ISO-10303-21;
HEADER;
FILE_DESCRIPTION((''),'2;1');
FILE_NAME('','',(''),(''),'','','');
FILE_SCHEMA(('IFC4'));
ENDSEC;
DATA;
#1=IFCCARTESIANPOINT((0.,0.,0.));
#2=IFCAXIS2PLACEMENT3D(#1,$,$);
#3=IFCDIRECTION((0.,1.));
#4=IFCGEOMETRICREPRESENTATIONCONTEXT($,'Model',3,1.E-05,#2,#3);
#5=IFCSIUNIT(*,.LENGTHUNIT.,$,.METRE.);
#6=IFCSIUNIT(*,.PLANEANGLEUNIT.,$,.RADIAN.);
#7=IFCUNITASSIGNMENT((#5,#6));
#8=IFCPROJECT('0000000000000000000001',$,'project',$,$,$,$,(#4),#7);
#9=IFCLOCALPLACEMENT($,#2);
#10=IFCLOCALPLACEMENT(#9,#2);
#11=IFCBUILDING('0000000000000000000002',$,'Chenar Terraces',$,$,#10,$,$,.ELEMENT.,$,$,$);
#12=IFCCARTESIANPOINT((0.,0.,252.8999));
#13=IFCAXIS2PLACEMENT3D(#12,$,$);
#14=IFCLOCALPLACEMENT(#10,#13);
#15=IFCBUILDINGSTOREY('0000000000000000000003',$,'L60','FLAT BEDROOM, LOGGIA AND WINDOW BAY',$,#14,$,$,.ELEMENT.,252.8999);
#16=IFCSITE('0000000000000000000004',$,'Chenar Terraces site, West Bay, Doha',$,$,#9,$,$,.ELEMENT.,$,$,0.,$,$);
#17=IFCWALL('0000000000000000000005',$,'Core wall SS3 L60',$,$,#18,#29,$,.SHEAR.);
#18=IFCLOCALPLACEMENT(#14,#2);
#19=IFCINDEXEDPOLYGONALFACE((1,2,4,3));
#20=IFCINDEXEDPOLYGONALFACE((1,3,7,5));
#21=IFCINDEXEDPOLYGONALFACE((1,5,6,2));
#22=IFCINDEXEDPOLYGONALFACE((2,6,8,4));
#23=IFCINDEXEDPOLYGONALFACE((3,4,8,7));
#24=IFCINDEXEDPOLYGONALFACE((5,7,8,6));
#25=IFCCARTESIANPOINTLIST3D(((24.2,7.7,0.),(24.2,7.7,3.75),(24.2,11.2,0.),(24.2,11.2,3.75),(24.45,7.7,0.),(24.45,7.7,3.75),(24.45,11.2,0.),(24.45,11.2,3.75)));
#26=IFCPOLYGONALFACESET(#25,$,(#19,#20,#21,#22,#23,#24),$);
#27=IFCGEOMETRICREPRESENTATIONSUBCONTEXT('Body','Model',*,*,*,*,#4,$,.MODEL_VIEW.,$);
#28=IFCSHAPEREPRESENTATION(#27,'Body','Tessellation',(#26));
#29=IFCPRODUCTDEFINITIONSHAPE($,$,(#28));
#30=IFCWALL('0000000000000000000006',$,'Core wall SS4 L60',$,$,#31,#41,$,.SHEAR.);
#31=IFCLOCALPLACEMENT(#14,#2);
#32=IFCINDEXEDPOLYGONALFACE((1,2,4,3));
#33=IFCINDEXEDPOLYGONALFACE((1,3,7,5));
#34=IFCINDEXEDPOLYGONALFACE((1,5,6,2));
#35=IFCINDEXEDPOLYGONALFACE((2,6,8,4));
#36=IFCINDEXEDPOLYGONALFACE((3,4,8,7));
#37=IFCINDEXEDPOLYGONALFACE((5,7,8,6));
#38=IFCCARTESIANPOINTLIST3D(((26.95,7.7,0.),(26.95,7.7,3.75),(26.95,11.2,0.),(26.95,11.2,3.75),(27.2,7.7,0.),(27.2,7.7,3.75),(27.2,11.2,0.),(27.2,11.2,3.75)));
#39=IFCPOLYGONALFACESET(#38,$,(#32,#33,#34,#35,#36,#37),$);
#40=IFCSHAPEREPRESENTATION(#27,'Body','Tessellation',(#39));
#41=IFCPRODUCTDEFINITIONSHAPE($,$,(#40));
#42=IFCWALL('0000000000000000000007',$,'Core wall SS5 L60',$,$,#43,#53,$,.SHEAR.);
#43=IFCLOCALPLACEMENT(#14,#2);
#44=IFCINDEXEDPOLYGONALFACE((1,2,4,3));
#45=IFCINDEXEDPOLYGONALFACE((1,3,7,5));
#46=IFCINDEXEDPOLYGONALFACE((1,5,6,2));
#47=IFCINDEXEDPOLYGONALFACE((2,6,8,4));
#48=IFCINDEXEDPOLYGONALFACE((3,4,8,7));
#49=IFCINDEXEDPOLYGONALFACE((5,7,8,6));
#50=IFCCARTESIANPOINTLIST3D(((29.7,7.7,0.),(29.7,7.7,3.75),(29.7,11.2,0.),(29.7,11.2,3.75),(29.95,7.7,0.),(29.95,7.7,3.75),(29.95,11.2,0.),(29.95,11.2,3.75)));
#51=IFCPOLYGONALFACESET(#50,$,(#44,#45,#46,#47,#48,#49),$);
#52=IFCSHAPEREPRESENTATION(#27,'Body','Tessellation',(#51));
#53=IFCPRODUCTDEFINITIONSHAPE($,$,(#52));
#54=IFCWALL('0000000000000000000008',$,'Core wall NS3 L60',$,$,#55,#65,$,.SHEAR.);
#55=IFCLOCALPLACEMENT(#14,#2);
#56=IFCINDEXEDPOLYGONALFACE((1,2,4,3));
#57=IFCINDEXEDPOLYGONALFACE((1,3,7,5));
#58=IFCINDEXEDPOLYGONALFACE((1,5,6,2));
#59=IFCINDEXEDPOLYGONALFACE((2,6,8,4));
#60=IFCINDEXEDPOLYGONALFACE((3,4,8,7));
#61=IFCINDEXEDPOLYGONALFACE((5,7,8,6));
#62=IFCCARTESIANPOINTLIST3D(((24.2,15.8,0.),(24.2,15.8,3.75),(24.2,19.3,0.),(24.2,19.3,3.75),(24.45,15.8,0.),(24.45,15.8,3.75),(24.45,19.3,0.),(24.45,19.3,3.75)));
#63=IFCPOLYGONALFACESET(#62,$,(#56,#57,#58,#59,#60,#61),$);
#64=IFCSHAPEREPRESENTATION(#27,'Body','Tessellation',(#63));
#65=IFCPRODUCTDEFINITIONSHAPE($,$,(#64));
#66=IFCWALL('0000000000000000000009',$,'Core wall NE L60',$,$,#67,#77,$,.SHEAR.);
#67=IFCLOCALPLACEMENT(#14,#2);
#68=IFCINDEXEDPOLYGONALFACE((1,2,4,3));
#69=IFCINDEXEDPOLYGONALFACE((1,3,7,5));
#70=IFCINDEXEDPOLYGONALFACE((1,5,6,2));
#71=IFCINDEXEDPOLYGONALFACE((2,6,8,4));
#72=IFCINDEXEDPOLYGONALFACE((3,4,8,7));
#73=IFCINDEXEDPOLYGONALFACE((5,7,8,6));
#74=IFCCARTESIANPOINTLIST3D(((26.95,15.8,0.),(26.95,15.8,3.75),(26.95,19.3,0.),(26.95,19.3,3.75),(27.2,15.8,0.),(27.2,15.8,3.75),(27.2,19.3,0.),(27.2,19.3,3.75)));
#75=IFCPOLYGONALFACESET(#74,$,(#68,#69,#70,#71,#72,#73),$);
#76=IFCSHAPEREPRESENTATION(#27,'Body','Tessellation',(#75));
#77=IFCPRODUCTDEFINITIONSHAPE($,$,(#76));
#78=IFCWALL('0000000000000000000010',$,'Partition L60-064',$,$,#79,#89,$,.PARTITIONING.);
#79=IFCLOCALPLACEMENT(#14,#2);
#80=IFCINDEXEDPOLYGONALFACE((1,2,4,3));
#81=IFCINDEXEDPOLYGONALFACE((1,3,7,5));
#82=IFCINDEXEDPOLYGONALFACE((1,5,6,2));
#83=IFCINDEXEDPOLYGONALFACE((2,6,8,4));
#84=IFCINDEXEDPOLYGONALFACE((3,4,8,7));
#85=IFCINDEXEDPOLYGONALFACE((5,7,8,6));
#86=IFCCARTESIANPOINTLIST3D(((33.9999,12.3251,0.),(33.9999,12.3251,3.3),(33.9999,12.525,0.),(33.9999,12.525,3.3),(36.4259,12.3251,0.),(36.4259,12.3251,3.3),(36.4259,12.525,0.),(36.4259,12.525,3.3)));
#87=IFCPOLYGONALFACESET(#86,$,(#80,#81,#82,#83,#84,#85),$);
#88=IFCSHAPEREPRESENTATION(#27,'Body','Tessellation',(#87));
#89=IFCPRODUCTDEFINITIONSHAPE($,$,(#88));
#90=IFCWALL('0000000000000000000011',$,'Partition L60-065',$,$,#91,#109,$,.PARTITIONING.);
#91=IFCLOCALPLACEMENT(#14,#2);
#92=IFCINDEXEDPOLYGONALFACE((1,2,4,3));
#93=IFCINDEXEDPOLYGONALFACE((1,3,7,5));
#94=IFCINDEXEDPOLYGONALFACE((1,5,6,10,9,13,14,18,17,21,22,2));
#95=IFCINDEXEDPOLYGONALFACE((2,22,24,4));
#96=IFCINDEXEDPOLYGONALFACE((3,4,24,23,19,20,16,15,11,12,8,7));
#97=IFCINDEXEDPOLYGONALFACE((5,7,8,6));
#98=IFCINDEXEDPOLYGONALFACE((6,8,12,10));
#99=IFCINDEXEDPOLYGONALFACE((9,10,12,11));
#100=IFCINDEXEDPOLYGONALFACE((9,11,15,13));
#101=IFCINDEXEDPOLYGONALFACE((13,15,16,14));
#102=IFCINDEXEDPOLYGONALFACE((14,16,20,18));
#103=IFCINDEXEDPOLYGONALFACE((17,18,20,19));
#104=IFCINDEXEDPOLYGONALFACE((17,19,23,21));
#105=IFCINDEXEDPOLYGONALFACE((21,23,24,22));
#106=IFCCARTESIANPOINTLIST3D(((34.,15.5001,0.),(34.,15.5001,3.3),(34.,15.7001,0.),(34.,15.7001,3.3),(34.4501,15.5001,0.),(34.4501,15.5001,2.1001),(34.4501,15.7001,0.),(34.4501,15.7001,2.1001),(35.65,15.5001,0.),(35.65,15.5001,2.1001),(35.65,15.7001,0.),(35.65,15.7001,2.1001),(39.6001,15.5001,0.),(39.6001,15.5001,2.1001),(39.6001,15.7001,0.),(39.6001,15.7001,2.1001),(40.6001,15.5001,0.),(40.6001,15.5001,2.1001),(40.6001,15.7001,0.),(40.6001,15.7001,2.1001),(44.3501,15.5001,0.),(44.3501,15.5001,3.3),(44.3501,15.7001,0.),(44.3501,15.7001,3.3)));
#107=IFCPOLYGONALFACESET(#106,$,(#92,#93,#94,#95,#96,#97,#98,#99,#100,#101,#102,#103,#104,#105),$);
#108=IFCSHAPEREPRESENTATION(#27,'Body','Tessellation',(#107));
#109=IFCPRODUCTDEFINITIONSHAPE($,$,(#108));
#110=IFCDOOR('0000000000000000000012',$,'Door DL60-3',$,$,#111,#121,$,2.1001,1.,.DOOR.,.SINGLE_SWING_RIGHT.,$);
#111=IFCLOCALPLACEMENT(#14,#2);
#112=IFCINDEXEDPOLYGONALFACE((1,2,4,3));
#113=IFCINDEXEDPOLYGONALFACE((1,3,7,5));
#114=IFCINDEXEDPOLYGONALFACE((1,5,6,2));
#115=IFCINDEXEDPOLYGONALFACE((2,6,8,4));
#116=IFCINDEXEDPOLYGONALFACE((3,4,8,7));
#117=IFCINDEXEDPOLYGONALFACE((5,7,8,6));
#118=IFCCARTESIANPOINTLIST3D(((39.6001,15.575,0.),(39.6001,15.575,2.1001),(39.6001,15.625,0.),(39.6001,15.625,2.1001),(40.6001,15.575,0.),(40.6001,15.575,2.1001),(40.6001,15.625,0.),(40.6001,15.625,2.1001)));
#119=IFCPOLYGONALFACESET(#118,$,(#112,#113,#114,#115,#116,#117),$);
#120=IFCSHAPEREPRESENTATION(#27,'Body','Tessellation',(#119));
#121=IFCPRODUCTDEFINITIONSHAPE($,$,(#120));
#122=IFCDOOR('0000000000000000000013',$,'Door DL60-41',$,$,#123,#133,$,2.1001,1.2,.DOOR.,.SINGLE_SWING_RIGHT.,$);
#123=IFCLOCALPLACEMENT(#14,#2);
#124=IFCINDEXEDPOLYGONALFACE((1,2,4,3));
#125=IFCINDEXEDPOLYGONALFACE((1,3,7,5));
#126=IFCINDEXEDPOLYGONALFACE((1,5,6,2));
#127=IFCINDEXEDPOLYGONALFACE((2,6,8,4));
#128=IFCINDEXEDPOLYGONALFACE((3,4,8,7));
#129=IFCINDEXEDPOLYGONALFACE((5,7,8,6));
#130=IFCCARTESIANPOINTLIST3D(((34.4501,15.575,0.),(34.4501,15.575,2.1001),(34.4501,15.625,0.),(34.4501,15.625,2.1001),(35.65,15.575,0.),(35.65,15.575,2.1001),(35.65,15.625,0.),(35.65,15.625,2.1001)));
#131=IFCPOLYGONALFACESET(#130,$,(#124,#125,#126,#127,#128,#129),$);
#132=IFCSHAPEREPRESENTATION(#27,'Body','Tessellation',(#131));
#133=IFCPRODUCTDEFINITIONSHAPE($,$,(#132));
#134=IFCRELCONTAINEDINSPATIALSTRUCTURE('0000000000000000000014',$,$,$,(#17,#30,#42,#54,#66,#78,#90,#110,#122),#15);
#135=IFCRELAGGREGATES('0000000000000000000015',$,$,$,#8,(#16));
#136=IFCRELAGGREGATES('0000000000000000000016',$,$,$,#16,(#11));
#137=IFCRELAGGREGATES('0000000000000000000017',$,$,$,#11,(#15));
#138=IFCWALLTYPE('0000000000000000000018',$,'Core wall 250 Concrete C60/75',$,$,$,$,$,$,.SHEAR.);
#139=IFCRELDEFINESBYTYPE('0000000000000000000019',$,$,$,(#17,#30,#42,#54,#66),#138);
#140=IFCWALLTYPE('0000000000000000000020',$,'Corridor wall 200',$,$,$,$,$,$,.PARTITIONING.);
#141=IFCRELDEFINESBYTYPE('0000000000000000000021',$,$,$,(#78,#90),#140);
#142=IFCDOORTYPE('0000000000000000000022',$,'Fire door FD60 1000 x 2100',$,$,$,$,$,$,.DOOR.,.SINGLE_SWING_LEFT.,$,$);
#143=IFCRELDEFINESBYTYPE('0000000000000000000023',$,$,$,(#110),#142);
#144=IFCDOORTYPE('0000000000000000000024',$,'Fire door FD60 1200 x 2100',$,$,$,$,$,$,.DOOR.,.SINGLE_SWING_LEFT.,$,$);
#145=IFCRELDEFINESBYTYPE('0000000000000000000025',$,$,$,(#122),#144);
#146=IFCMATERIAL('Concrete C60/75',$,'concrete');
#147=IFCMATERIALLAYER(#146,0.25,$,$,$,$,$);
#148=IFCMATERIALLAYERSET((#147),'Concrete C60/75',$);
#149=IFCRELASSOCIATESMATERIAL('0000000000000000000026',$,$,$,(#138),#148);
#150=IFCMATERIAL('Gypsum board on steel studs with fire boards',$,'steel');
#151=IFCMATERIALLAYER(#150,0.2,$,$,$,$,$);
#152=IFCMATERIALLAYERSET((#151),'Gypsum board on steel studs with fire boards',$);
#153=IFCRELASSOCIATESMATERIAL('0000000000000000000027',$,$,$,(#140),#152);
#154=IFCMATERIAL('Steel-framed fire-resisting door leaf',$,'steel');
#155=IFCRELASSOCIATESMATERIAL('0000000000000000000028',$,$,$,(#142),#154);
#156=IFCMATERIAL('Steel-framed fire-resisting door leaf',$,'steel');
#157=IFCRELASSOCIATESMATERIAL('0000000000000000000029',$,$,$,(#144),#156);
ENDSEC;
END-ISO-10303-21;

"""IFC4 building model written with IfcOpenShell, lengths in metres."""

from ifc_helpers import new_model, si_unit, direction, frame, frame_2d, origin, place, context, subcontext, project, spatial, rectangle, extrude, material, layer, layer_set, type_object, element, fill, save


model = new_model("IFC4")

# Units and contexts
model_context = context("Model", 3, precision=1e-05, world=origin(), true_north=direction((0.0, 1.0)))
body_context = subcontext(model_context, "Body", "Model", "MODEL_VIEW")
ifc_project = project(units=[si_unit("LENGTHUNIT", "METRE"), si_unit("PLANEANGLEUNIT", "RADIAN")], contexts=[model_context])

# Site, building, storey
site_placement = place(None, origin())
site = spatial("IfcSite", under=ifc_project, at=site_placement, Name="Chenar Terraces site, West Bay, Doha", CompositionType="ELEMENT", RefElevation=0.0)
building_placement = place(site_placement, origin())
building = spatial("IfcBuilding", under=site, at=building_placement, Name="Chenar Terraces", CompositionType="ELEMENT")
storey_placement = place(building_placement, frame((0.0, 0.0, 252.8999)))
storey = spatial("IfcBuildingStorey", under=building, at=storey_placement, Name="L60", Description="FLAT BEDROOM, LOGGIA AND WINDOW BAY", CompositionType="ELEMENT", Elevation=252.8999)

# Walls
ifc_material_1 = material(Name="Concrete C60/75", Category="concrete")
ifc_layer_1 = layer(ifc_material_1, 0.25)
ifc_layer_set_1 = layer_set([ifc_layer_1], Name="Concrete C60/75")
wall_type_1 = type_object("IfcWallType", Name="Core wall 250 Concrete C60/75", PredefinedType="SHEAR", material=ifc_layer_set_1)
for number, where, z_axis, x_axis, name in (
    (1, (24.325, 7.7, 0.0), (0.0, 0.0, 1.0), (0.0, 1.0, 0.0), "Core wall SS3 L60"),
    (2, (27.075, 7.7, 0.0), (0.0, 0.0, 1.0), (0.0, 1.0, 0.0), "Core wall SS4 L60"),
    (3, (29.825, 7.7, 0.0), (0.0, 0.0, 1.0), (0.0, 1.0, 0.0), "Core wall SS5 L60"),
    (4, (24.325, 15.8, 0.0), (0.0, 0.0, 1.0), (0.0, 1.0, 0.0), "Core wall NS3 L60"),
    (5, (27.075, 15.8, 0.0), (0.0, 0.0, 1.0), (0.0, 1.0, 0.0), "Core wall NE L60"),
):
    element("IfcWall", number, at=place(storey_placement, frame(where, z_axis=z_axis, x_axis=x_axis)), inside=storey, type_object=wall_type_1, Name=name, PredefinedType="SHEAR", context=body_context, shape_type="SweptSolid", body=[
        extrude(rectangle(XDim=3.5, YDim=0.25, at=frame_2d((1.75, 0.0))), origin(), (0.0, 0.0, 1.0), 3.75),
    ])

# Wall
ifc_material_2 = material(Name="Gypsum board on steel studs with fire boards", Category="steel")
ifc_layer_2 = layer(ifc_material_2, 0.2)
ifc_layer_set_2 = layer_set([ifc_layer_2], Name="Gypsum board on steel studs with fire boards")
wall_type_2 = type_object("IfcWallType", Name="Corridor wall 200", PredefinedType="PARTITIONING", material=ifc_layer_set_2)
wall_1_placement = place(storey_placement, frame((34.0, 12.425, 0.0), z_axis=(0.0, 0.0, 1.0), x_axis=(1.0, 0.0, 0.0)))
element("IfcWall", 6, at=wall_1_placement, inside=storey, type_object=wall_type_2, Name="Partition L60-064", PredefinedType="PARTITIONING", context=body_context, shape_type="SweptSolid", body=[
    extrude(rectangle(XDim=2.426, YDim=0.2, at=frame_2d((1.2129, 0.0))), origin(), (0.0, 0.0, 1.0), 3.3),
])

# Wall, openings, doors
wall_2_placement = place(storey_placement, frame((34.0, 15.6001, 0.0), z_axis=(0.0, 0.0, 1.0), x_axis=(1.0, 0.0, 0.0)))
wall_2 = element("IfcWall", 7, at=wall_2_placement, inside=storey, type_object=wall_type_2, Name="Partition L60-065", PredefinedType="PARTITIONING", context=body_context, shape_type="SweptSolid", body=[
    extrude(rectangle(XDim=10.3501, YDim=0.2, at=frame_2d((5.175, 0.0))), origin(), (0.0, 0.0, 1.0), 3.3),
])
opening_1_placement = place(wall_2_placement, frame((5.6001, 0.0, 0.0)))
opening_1 = element("IfcOpeningElement", 8, at=opening_1_placement, cuts=wall_2, PredefinedType="OPENING", context=body_context, shape_type="SweptSolid", body=[
    extrude(rectangle(XDim=1.0, YDim=2.1001, at=frame_2d((0.5, 1.05))), frame((0.0, 0.1099, 0.0), z_axis=(0.0, -1.0, 0.0), x_axis=(1.0, 0.0, 0.0)), (0.0, 0.0, 1.0), 0.22),
])
opening_2_placement = place(wall_2_placement, frame((0.45, 0.0, 0.0)))
opening_2 = element("IfcOpeningElement", 9, at=opening_2_placement, cuts=wall_2, PredefinedType="OPENING", context=body_context, shape_type="SweptSolid", body=[
    extrude(rectangle(XDim=1.2, YDim=2.1001, at=frame_2d((0.6001, 1.05))), frame((0.0, 0.1099, 0.0), z_axis=(0.0, -1.0, 0.0), x_axis=(1.0, 0.0, 0.0)), (0.0, 0.0, 1.0), 0.22),
])
ifc_material_3 = material(Name="Steel-framed fire-resisting door leaf", Category="steel")
door_type_1 = type_object("IfcDoorType", Name="Fire door FD60 1000 x 2100", OperationType="SINGLE_SWING_LEFT", PredefinedType="DOOR", material=ifc_material_3)
door_1_placement = place(opening_1_placement, origin())
door_1 = element("IfcDoor", 10, at=door_1_placement, inside=storey, type_object=door_type_1, Name="Door DL60-3", OperationType="SINGLE_SWING_RIGHT", OverallHeight=2.1001, OverallWidth=1.0, PredefinedType="DOOR", context=body_context, shape_type="SweptSolid", body=[
    extrude(rectangle(XDim=1.0, YDim=2.1001, at=frame_2d((0.5, 1.05))), frame((0.0, 0.0249, 0.0), z_axis=(0.0, -1.0, 0.0), x_axis=(1.0, 0.0, 0.0)), (0.0, 0.0, 1.0), 0.05),
])
fill(opening_1, door_1)
ifc_material_4 = material(Name="Steel-framed fire-resisting door leaf", Category="steel")
door_type_2 = type_object("IfcDoorType", Name="Fire door FD60 1200 x 2100", OperationType="SINGLE_SWING_LEFT", PredefinedType="DOOR", material=ifc_material_4)
door_2_placement = place(opening_2_placement, origin())
door_2 = element("IfcDoor", 11, at=door_2_placement, inside=storey, type_object=door_type_2, Name="Door DL60-41", OperationType="SINGLE_SWING_RIGHT", OverallHeight=2.1001, OverallWidth=1.2, PredefinedType="DOOR", context=body_context, shape_type="SweptSolid", body=[
    extrude(rectangle(XDim=1.2, YDim=2.1001, at=frame_2d((0.6001, 1.05))), frame((0.0, 0.0249, 0.0), z_axis=(0.0, -1.0, 0.0), x_axis=(1.0, 0.0, 0.0)), (0.0, 0.0, 1.0), 0.05),
])
fill(opening_2, door_2)

save(model, "model.ifc")
